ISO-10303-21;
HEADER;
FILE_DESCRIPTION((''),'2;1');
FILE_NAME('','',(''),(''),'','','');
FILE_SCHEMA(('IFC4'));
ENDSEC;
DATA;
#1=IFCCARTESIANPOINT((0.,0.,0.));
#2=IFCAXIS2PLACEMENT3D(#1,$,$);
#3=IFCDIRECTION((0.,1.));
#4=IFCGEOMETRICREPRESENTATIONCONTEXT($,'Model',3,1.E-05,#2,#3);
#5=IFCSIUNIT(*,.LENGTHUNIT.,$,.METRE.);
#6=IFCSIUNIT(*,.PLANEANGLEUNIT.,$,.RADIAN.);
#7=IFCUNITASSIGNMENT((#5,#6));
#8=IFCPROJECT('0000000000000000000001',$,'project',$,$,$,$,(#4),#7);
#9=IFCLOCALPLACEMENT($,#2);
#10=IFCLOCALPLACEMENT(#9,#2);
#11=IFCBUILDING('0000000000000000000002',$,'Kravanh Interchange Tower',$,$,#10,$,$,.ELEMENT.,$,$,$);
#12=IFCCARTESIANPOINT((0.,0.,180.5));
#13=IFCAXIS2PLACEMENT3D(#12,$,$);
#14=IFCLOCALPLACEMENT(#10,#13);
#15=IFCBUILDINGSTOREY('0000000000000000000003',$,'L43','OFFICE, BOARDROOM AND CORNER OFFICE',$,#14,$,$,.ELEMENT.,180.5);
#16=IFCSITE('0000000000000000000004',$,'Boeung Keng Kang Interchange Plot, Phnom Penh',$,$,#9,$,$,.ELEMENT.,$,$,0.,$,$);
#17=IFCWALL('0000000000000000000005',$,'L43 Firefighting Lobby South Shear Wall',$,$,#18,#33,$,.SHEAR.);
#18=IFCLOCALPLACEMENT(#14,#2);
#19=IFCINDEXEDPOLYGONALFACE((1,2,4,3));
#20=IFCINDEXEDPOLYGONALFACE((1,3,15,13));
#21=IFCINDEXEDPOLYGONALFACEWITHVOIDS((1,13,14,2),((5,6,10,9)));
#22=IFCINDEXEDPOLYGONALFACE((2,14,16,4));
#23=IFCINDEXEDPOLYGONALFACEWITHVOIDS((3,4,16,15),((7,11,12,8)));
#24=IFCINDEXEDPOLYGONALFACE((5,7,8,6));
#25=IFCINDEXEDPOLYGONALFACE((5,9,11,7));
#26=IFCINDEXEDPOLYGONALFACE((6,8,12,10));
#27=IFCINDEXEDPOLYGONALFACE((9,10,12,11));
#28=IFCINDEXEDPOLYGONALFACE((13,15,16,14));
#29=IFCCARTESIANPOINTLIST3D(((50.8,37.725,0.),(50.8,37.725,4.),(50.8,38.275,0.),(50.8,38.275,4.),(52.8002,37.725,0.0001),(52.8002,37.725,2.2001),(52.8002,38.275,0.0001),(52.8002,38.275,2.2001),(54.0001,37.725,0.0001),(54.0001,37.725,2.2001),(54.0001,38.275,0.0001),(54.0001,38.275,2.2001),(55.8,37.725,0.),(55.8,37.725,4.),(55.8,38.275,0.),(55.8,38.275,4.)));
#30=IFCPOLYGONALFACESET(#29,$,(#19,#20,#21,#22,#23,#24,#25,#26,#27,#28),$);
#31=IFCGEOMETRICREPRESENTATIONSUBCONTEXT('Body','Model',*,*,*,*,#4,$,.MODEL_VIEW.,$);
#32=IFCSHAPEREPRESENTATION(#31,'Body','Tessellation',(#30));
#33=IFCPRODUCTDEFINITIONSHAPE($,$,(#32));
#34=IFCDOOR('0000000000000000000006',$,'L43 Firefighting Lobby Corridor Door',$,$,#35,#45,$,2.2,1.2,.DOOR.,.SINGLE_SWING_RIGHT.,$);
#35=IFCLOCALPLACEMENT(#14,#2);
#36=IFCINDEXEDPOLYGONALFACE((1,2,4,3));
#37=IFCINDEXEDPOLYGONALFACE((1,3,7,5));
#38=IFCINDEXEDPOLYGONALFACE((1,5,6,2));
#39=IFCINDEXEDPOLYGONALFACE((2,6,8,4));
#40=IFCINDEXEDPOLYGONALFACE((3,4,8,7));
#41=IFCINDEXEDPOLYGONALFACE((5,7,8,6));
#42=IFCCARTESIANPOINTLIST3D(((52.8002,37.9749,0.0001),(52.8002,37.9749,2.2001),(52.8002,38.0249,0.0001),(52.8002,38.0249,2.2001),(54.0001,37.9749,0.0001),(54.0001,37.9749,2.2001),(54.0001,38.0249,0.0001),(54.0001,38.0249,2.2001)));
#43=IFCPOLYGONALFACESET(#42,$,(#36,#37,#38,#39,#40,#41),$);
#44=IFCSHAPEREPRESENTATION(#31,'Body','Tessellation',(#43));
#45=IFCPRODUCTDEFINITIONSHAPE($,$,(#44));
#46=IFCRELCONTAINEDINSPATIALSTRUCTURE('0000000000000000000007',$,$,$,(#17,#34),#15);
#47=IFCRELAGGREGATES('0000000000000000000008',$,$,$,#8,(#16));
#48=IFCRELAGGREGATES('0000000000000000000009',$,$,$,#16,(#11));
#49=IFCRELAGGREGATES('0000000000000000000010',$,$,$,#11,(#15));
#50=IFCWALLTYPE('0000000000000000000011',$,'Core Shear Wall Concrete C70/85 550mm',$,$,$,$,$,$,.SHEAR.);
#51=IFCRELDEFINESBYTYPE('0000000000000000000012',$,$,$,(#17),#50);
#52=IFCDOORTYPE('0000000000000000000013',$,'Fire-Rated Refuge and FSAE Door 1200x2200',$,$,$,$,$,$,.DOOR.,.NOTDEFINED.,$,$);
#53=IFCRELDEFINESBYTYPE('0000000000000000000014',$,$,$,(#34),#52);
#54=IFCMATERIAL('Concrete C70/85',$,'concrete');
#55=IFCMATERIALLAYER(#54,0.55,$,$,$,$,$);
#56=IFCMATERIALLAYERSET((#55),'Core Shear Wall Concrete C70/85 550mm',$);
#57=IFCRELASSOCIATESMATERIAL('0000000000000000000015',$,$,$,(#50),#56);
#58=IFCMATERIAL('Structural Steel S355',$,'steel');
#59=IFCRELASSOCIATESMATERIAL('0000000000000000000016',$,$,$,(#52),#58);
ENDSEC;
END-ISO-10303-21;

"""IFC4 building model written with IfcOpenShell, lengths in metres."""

from ifc_helpers import new_model, si_unit, direction, frame, frame_2d, origin, place, context, subcontext, project, spatial, rectangle, extrude, material, layer, layer_set, type_object, element, fill, save


model = new_model("IFC4")

# Units and contexts
model_context = context("Model", 3, precision=1e-05, world=origin(), true_north=direction((0.0, 1.0)))
body_context = subcontext(model_context, "Body", "Model", "MODEL_VIEW")
ifc_project = project(units=[si_unit("LENGTHUNIT", "METRE"), si_unit("PLANEANGLEUNIT", "RADIAN")], contexts=[model_context])

# Site, building, storey
site_placement = place(None, origin())
site = spatial("IfcSite", under=ifc_project, at=site_placement, Name="Boeung Keng Kang Interchange Plot, Phnom Penh", CompositionType="ELEMENT", RefElevation=0.0)
building_placement = place(site_placement, origin())
building = spatial("IfcBuilding", under=site, at=building_placement, Name="Kravanh Interchange Tower", CompositionType="ELEMENT")
storey_placement = place(building_placement, frame((0.0, 0.0, 180.5)))
storey = spatial("IfcBuildingStorey", under=building, at=storey_placement, Name="L43", Description="OFFICE, BOARDROOM AND CORNER OFFICE", CompositionType="ELEMENT", Elevation=180.5)

# Shared definitions
ifc_material_1 = material(Name="Concrete C70/85", Category="concrete")
ifc_layer_1 = layer(ifc_material_1, 0.55)
ifc_layer_set_1 = layer_set([ifc_layer_1], Name="Core Shear Wall Concrete C70/85 550mm")
wall_type_1 = type_object("IfcWallType", Name="Core Shear Wall Concrete C70/85 550mm", PredefinedType="SHEAR", material=ifc_layer_set_1)

# Wall, opening, door
wall_1_placement = place(storey_placement, frame((50.8, 38.0, 0.0), z_axis=(0.0, 0.0, 1.0), x_axis=(1.0, 0.0, 0.0)))
wall_1 = element("IfcWall", 1, at=wall_1_placement, inside=storey, type_object=wall_type_1, Name="L43 Firefighting Lobby South Shear Wall", PredefinedType="SHEAR", context=body_context, shape_type="SweptSolid", body=[
    extrude(rectangle(XDim=5.0, YDim=0.55, at=frame_2d((2.5, 0.0))), origin(), (0.0, 0.0, 1.0), 4.0),
])
opening_1_placement = place(wall_1_placement, frame((2.0, 0.0, 0.0)))
opening_1 = element("IfcOpeningElement", 2, at=opening_1_placement, cuts=wall_1, PredefinedType="OPENING", context=body_context, shape_type="SweptSolid", body=[
    extrude(rectangle(XDim=1.2, YDim=2.2, at=frame_2d((0.6001, 1.1001))), frame((0.0, 0.2852, 0.0), z_axis=(0.0, -1.0, 0.0), x_axis=(1.0, 0.0, 0.0)), (0.0, 0.0, 1.0), 0.5701),
])
ifc_material_2 = material(Name="Structural Steel S355", Category="steel")
door_type_1 = type_object("IfcDoorType", Name="Fire-Rated Refuge and FSAE Door 1200x2200", OperationType="NOTDEFINED", PredefinedType="DOOR", material=ifc_material_2)
door_1_placement = place(opening_1_placement, origin())
door_1 = element("IfcDoor", 3, at=door_1_placement, inside=storey, type_object=door_type_1, Name="L43 Firefighting Lobby Corridor Door", OperationType="SINGLE_SWING_RIGHT", OverallHeight=2.2, OverallWidth=1.2, PredefinedType="DOOR", context=body_context, shape_type="SweptSolid", body=[
    extrude(rectangle(XDim=1.2, YDim=2.2, at=frame_2d((0.6001, 1.1001))), frame((0.0, 0.0249, 0.0), z_axis=(0.0, -1.0, 0.0), x_axis=(1.0, 0.0, 0.0)), (0.0, 0.0, 1.0), 0.05),
])
fill(opening_1, door_1)

save(model, "model.ifc")
